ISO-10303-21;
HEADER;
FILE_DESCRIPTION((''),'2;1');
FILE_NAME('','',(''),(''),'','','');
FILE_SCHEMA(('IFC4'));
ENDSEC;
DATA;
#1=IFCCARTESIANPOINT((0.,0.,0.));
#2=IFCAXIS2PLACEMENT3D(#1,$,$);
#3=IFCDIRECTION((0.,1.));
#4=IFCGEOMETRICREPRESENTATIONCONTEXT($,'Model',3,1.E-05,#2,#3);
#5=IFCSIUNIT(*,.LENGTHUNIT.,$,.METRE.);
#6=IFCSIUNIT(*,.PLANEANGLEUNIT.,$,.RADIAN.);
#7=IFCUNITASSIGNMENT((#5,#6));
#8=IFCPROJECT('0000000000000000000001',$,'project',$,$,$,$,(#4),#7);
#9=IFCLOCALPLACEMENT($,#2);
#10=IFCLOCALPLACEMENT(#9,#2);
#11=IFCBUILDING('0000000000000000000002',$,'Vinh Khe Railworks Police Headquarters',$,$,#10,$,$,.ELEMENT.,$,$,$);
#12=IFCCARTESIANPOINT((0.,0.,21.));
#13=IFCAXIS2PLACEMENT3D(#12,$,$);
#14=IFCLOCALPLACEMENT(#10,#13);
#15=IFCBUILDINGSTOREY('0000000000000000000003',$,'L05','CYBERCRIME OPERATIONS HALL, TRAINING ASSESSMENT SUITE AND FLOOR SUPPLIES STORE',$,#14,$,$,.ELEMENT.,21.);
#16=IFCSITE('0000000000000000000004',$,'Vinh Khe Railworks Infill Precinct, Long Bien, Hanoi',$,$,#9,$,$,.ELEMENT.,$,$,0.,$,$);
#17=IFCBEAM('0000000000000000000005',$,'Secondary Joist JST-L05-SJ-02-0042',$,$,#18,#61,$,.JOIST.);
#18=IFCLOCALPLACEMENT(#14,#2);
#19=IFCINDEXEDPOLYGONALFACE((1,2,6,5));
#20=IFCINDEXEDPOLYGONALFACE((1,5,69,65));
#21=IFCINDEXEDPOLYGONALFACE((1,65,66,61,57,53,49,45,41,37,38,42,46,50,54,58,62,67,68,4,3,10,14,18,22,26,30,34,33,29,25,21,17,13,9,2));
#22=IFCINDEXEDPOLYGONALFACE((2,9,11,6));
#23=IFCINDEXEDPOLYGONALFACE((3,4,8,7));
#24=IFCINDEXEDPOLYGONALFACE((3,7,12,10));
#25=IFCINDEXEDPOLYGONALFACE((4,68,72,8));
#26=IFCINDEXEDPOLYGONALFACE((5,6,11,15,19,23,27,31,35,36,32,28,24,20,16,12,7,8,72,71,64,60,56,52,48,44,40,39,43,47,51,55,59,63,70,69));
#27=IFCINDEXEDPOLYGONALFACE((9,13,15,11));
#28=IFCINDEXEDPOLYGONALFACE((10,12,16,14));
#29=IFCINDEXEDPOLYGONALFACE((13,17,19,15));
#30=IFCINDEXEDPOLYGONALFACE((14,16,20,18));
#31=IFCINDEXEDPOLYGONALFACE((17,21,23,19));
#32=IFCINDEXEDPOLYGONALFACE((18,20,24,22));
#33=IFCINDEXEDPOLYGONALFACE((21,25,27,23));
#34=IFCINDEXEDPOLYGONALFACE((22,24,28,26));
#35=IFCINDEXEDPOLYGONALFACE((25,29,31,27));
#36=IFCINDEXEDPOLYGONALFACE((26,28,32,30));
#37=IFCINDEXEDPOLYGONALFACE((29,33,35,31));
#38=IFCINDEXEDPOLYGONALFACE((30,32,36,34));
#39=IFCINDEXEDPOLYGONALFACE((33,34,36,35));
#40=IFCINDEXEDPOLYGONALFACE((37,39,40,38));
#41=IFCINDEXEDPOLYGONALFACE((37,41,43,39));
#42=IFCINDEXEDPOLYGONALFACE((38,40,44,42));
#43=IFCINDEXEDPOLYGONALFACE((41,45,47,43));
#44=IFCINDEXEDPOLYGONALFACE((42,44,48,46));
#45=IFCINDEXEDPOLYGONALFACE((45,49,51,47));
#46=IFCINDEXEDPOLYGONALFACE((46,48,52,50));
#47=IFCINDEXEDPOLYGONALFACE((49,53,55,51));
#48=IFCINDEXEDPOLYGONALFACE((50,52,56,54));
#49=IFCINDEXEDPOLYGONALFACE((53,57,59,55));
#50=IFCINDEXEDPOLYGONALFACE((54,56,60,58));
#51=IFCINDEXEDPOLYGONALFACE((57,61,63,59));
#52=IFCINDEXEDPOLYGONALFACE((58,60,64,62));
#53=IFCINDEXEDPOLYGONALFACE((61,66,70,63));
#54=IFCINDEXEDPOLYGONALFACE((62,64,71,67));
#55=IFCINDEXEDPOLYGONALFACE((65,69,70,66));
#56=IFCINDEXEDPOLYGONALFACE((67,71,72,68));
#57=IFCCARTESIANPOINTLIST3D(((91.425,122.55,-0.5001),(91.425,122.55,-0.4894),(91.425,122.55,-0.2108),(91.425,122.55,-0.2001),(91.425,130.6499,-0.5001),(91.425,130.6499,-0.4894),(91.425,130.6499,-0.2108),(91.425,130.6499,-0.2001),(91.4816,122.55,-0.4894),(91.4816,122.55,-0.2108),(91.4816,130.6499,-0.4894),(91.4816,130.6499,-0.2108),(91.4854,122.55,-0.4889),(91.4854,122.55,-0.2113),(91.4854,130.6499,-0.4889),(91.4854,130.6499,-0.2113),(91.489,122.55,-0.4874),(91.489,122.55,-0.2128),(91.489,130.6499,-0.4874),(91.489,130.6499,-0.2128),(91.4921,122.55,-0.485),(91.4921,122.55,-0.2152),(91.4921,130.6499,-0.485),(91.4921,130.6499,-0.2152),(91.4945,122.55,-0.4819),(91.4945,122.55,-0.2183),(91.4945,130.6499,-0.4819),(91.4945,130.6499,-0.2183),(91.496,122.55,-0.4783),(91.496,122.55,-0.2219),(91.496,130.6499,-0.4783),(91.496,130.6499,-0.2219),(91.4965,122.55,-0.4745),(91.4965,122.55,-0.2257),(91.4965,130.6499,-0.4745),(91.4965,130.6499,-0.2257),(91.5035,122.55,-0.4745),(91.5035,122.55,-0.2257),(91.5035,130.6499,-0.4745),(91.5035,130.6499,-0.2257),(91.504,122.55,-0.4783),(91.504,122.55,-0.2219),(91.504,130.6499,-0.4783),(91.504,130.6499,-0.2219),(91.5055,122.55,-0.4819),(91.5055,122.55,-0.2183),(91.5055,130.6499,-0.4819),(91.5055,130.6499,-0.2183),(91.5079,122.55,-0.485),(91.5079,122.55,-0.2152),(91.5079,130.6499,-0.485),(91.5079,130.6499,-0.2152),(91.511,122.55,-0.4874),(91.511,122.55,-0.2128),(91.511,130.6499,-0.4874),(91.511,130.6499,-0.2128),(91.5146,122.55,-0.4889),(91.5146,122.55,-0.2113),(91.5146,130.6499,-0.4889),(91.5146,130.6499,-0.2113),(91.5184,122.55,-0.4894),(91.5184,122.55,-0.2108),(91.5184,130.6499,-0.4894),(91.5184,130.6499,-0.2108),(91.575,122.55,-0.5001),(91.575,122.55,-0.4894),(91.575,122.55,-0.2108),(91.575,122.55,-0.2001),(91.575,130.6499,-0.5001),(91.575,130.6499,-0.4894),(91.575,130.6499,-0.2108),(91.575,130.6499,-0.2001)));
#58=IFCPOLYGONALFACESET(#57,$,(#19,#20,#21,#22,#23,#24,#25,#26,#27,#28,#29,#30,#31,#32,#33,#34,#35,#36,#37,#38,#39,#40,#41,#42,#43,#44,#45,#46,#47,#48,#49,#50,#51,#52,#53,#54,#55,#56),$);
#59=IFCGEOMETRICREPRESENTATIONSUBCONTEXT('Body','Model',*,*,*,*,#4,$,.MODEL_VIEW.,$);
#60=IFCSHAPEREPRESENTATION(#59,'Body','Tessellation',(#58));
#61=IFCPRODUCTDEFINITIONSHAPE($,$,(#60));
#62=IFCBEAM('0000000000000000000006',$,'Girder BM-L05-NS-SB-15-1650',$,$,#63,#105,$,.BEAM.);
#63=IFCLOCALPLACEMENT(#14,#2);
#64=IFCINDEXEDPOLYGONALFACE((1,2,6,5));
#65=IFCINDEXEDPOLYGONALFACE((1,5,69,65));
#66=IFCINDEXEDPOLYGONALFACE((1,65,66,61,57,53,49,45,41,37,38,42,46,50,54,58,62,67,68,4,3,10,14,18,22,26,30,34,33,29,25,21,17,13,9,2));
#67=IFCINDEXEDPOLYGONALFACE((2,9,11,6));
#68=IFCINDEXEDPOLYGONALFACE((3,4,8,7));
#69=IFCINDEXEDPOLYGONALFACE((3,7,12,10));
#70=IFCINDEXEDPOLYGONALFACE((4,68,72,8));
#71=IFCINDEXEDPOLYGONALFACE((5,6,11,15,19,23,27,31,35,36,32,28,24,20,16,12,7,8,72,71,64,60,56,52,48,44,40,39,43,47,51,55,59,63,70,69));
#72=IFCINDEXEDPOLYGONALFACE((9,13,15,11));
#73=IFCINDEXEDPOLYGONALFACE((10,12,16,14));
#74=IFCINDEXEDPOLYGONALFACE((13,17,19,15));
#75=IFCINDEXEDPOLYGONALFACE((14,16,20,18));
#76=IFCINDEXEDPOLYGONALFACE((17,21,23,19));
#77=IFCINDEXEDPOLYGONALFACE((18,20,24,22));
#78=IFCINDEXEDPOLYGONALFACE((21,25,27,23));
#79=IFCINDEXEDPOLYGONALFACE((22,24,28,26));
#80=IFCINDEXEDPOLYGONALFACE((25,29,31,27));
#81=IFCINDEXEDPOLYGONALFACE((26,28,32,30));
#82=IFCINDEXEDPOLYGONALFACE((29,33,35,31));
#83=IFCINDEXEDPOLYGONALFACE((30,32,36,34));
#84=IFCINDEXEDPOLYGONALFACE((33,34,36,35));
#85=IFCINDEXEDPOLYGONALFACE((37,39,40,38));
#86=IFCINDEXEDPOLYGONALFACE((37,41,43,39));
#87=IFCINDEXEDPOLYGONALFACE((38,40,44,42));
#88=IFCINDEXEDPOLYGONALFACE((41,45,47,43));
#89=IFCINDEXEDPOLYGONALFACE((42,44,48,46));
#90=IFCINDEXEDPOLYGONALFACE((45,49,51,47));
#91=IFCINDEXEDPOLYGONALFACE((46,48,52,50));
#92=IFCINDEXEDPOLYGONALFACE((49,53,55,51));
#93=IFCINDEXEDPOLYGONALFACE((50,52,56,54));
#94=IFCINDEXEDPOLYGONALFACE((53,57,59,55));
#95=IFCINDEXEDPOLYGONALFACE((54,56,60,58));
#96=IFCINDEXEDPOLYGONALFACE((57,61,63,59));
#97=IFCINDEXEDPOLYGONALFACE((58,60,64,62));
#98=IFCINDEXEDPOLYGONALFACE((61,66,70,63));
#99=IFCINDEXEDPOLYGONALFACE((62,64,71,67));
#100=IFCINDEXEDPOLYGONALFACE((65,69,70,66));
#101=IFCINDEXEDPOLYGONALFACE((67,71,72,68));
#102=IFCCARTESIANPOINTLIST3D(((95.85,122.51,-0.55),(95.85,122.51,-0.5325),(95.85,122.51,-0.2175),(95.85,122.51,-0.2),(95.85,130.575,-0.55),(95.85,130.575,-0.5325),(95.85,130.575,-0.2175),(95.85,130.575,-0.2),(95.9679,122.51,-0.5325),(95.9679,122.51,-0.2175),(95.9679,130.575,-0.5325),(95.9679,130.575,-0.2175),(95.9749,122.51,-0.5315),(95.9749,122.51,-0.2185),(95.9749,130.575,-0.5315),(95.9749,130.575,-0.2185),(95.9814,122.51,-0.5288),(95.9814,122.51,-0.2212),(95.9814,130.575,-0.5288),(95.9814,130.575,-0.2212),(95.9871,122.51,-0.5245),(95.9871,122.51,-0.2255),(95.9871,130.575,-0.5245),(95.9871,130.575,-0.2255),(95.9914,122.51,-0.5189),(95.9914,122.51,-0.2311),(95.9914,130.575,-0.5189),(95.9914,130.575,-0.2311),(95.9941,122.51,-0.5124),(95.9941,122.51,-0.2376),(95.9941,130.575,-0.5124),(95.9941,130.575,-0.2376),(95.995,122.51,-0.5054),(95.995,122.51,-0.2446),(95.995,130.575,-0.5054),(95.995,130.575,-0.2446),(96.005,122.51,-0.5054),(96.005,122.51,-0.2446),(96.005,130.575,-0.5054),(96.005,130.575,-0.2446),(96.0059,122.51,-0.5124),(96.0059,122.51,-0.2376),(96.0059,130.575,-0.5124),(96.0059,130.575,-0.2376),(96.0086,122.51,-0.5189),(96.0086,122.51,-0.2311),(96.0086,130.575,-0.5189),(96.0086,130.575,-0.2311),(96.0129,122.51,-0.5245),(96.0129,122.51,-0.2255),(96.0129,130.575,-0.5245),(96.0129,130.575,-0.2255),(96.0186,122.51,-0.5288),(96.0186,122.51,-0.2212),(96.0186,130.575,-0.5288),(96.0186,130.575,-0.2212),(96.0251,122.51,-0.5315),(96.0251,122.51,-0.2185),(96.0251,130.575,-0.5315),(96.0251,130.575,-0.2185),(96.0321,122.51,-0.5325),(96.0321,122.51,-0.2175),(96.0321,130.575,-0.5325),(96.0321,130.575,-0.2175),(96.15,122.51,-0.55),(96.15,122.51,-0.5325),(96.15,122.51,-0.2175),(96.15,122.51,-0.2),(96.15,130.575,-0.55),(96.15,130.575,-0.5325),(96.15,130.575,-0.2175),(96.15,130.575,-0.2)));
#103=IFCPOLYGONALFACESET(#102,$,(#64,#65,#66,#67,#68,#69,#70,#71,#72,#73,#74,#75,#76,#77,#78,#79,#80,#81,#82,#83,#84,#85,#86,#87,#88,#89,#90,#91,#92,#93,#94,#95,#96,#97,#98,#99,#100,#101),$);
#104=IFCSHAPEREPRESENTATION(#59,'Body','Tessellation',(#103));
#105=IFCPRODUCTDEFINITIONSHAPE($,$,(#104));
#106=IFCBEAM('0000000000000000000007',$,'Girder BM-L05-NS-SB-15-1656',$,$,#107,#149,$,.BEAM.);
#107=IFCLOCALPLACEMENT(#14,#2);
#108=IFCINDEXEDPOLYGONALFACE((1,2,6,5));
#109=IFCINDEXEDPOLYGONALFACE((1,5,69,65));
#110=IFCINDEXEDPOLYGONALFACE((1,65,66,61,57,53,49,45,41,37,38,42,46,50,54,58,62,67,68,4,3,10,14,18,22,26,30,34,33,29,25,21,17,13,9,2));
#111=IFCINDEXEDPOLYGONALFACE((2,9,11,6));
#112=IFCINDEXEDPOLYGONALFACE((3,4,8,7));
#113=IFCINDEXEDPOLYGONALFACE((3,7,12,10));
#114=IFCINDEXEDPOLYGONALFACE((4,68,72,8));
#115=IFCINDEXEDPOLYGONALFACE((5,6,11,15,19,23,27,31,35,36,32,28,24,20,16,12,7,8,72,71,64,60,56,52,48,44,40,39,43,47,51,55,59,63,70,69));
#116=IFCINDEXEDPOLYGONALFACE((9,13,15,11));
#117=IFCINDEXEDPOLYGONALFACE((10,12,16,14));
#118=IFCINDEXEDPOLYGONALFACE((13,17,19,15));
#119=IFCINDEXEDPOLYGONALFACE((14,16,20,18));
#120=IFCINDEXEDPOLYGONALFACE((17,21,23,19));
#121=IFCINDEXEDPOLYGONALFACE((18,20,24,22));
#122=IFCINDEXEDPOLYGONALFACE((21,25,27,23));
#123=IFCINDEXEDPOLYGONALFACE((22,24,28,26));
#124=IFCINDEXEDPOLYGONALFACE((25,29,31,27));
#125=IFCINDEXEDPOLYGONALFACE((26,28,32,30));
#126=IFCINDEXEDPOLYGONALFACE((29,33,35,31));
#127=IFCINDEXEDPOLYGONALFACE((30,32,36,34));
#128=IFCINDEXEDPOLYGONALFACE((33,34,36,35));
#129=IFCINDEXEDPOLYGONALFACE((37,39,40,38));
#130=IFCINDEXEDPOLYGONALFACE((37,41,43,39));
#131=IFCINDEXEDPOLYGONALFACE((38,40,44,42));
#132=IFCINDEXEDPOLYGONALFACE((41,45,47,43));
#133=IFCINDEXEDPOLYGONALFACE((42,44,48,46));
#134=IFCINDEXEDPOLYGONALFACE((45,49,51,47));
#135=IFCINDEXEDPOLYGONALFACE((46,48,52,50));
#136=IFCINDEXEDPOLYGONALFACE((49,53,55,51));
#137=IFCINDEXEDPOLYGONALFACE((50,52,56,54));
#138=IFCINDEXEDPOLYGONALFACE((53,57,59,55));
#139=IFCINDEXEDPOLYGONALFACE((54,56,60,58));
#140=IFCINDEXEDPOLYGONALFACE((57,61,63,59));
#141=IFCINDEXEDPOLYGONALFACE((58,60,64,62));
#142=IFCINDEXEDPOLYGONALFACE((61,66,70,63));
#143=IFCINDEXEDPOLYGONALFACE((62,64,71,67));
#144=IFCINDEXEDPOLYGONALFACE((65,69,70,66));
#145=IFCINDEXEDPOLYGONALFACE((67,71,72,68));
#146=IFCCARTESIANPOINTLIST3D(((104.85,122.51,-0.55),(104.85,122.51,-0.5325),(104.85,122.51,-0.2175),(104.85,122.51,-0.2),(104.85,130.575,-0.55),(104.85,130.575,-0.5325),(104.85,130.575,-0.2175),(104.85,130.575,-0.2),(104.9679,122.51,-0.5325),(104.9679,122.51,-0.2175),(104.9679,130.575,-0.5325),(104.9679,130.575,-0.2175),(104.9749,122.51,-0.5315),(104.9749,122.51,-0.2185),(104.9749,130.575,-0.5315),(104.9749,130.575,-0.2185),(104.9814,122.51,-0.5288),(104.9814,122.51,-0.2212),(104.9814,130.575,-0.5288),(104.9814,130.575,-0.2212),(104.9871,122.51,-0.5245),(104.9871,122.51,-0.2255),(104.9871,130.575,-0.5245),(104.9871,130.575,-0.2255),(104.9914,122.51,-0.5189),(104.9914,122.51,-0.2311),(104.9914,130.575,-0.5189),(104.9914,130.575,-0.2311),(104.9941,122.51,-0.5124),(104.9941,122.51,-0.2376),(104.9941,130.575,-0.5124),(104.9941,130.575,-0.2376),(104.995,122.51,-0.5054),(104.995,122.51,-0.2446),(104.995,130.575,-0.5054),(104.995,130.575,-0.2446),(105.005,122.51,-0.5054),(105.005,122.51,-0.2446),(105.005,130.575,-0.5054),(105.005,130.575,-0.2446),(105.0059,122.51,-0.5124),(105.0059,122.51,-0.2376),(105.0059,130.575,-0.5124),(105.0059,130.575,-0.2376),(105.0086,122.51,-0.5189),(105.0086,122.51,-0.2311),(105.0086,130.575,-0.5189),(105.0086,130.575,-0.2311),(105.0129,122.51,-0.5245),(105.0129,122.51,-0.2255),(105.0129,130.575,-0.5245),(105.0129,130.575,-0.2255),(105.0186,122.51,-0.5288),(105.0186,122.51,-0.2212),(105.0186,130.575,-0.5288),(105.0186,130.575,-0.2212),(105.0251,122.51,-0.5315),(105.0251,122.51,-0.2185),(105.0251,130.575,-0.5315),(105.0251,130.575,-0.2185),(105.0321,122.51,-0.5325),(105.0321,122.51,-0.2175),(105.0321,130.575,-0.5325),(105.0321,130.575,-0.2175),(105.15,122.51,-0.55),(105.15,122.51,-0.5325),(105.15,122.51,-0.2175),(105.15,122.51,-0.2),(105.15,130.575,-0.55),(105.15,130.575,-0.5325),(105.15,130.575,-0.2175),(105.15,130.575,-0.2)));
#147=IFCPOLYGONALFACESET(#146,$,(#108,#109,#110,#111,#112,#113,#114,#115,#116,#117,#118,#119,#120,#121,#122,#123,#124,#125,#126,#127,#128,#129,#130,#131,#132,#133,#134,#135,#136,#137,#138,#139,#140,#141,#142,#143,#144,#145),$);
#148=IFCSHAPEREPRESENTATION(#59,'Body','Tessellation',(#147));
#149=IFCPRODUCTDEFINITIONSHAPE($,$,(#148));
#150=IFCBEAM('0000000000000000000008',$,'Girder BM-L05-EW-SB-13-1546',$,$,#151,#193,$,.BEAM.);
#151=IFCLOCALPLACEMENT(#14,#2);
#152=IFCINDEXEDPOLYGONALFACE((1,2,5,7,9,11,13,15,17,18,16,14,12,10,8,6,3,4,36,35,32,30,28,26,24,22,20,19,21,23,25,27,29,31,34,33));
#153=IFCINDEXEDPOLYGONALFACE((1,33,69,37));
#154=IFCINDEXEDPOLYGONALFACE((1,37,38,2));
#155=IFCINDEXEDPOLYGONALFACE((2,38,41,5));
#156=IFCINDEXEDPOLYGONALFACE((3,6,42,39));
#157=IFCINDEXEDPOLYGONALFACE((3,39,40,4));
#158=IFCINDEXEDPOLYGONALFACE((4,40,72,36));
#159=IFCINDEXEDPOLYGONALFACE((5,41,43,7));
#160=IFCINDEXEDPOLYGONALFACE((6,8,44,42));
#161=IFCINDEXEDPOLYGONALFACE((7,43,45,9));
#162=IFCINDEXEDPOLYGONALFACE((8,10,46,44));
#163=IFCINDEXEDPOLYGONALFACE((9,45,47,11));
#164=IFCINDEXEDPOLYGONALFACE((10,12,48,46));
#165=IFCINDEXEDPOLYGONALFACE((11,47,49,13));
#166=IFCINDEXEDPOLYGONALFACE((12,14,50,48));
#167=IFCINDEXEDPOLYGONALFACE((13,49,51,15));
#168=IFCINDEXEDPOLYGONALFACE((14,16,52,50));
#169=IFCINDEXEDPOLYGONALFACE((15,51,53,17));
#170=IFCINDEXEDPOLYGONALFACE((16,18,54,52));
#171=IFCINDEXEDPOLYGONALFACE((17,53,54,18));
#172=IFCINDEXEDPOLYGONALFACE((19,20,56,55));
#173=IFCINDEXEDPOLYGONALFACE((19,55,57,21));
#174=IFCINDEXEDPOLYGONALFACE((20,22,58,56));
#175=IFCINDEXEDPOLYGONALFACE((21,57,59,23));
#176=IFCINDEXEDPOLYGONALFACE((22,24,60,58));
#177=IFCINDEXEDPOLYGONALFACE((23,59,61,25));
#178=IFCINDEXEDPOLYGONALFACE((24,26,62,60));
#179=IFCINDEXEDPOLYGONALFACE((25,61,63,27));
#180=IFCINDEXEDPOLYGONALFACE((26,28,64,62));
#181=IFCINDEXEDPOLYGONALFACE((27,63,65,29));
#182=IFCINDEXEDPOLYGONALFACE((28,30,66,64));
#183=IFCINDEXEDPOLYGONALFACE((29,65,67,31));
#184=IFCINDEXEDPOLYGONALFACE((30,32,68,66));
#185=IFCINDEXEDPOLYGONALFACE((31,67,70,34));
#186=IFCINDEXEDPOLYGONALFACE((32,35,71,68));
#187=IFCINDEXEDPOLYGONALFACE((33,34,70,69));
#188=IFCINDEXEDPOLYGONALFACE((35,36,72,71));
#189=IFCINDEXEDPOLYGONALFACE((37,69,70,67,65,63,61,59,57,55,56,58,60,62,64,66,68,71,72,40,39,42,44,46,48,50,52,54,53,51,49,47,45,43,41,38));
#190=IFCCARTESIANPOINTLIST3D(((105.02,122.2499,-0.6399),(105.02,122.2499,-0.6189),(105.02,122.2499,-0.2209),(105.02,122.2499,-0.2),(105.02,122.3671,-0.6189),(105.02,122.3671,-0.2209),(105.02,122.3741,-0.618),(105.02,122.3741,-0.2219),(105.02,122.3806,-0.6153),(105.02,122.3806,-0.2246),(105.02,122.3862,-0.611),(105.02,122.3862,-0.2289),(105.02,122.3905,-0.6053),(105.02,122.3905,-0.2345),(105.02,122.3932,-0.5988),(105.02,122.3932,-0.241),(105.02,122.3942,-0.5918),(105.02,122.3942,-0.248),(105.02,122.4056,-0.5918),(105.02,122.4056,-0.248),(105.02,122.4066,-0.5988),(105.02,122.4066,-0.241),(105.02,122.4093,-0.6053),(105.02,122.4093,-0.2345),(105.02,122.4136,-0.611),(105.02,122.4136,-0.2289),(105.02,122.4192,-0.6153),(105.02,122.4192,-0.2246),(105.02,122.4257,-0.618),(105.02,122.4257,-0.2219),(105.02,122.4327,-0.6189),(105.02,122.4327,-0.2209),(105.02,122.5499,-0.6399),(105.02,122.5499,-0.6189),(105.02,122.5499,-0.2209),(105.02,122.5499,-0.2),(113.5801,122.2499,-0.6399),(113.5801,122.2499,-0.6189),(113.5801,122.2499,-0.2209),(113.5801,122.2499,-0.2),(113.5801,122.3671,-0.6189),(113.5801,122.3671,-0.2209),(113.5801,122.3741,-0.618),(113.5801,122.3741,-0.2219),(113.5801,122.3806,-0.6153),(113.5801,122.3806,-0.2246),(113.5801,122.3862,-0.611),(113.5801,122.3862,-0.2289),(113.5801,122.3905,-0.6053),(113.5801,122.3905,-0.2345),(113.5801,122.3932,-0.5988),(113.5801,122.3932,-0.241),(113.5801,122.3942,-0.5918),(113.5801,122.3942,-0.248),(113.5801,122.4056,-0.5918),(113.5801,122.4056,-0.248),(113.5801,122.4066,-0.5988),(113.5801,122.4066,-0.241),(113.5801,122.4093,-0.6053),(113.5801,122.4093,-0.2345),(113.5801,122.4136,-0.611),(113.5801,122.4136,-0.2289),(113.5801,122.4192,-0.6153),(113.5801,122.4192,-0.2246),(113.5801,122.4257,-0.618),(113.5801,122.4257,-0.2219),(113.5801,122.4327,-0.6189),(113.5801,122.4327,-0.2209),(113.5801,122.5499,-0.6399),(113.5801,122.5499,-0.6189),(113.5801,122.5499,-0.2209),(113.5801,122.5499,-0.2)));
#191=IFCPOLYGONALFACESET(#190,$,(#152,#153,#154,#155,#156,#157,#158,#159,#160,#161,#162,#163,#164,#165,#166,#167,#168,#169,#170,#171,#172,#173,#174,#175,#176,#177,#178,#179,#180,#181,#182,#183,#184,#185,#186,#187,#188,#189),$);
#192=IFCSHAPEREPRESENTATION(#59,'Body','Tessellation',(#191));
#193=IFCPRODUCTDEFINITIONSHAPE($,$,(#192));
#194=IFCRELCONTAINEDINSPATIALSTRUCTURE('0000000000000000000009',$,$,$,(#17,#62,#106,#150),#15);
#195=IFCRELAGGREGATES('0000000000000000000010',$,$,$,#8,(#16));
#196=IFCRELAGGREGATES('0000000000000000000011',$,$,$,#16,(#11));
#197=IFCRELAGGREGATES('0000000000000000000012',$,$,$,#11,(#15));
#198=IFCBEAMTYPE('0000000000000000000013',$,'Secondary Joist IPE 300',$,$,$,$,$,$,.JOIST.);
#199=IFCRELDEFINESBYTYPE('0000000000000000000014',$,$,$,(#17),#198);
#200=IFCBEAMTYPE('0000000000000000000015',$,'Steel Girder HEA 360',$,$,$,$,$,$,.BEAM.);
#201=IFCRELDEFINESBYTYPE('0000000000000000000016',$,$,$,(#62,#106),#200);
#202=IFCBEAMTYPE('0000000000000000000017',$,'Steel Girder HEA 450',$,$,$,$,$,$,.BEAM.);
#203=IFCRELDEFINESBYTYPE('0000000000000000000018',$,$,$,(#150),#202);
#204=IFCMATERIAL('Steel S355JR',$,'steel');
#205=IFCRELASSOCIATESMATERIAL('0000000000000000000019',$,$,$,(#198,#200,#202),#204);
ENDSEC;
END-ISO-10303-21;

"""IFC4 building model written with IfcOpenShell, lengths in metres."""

from ifc_helpers import new_model, si_unit, direction, frame, origin, origin_2d, place, context, subcontext, project, spatial, i_section, extrude, material, material_profile, profile_set, type_object, element, save


model = new_model("IFC4")

# Units and contexts
model_context = context("Model", 3, precision=1e-05, world=origin(), true_north=direction((0.0, 1.0)))
body_context = subcontext(model_context, "Body", "Model", "MODEL_VIEW")
ifc_project = project(units=[si_unit("LENGTHUNIT", "METRE"), si_unit("PLANEANGLEUNIT", "RADIAN")], contexts=[model_context])

# Site, building, storey
site_placement = place(None, origin())
site = spatial("IfcSite", under=ifc_project, at=site_placement, Name="Vinh Khe Railworks Infill Precinct, Long Bien, Hanoi", CompositionType="ELEMENT", RefElevation=0.0)
building_placement = place(site_placement, origin())
building = spatial("IfcBuilding", under=site, at=building_placement, Name="Vinh Khe Railworks Police Headquarters", CompositionType="ELEMENT")
storey_placement = place(building_placement, frame((0.0, 0.0, 21.0)))
storey = spatial("IfcBuildingStorey", under=building, at=storey_placement, Name="L05", Description="CYBERCRIME OPERATIONS HALL, TRAINING ASSESSMENT SUITE AND FLOOR SUPPLIES STORE", CompositionType="ELEMENT", Elevation=21.0)

# Shared definitions
ifc_material_1 = material(Name="Steel S355JR", Category="steel")

# Beams
ifc_material_profile_1 = material_profile(ifc_material_1, i_section(OverallWidth=0.1499, OverallDepth=0.3, WebThickness=0.0071, FlangeThickness=0.0107, FilletRadius=0.0149, at=origin_2d()), Name="IPE 300")
ifc_profile_set_1 = profile_set([ifc_material_profile_1], Name="Steel S355JR")
beam_type_1 = type_object("IfcBeamType", Name="Secondary Joist IPE 300", PredefinedType="JOIST", material=ifc_profile_set_1)
beam_1_placement = place(storey_placement, frame((91.5, 122.55, -0.3501), z_axis=(0.0, 1.0, 0.0), x_axis=(-1.0, 0.0, 0.0)))
element("IfcBeam", 1, at=beam_1_placement, inside=storey, type_object=beam_type_1, Name="Secondary Joist JST-L05-SJ-02-0042", PredefinedType="JOIST", context=body_context, shape_type="SweptSolid", body=[
    extrude(i_section(OverallWidth=0.1499, OverallDepth=0.3, WebThickness=0.0071, FlangeThickness=0.0107, FilletRadius=0.0149, at=origin_2d()), origin(), (0.0, 0.0, 1.0), 8.0999),
])
ifc_material_profile_2 = material_profile(ifc_material_1, i_section(OverallWidth=0.3, OverallDepth=0.3501, WebThickness=0.01, FlangeThickness=0.0176, FilletRadius=0.0271, at=origin_2d()), Name="HEA 360")
ifc_profile_set_2 = profile_set([ifc_material_profile_2], Name="Steel S355JR")
beam_type_2 = type_object("IfcBeamType", Name="Steel Girder HEA 360", PredefinedType="BEAM", material=ifc_profile_set_2)
for number, where, z_axis, x_axis, name in (
    (2, (96.0, 122.51, -0.375), (0.0, 1.0, 0.0), (-1.0, 0.0, 0.0), "Girder BM-L05-NS-SB-15-1650"),
    (3, (105.0, 122.51, -0.375), (0.0, 1.0, 0.0), (-1.0, 0.0, 0.0), "Girder BM-L05-NS-SB-15-1656"),
):
    element("IfcBeam", number, at=place(storey_placement, frame(where, z_axis=z_axis, x_axis=x_axis)), inside=storey, type_object=beam_type_2, Name=name, PredefinedType="BEAM", context=body_context, shape_type="SweptSolid", body=[
        extrude(i_section(OverallWidth=0.3, OverallDepth=0.3501, WebThickness=0.01, FlangeThickness=0.0176, FilletRadius=0.0271, at=origin_2d()), origin(), (0.0, 0.0, 1.0), 8.0649),
    ])
ifc_material_profile_3 = material_profile(ifc_material_1, i_section(OverallWidth=0.3, OverallDepth=0.4399, WebThickness=0.0115, FlangeThickness=0.021, FilletRadius=0.0271, at=origin_2d()), Name="HEA 450")
ifc_profile_set_3 = profile_set([ifc_material_profile_3], Name="Steel S355JR")
beam_type_3 = type_object("IfcBeamType", Name="Steel Girder HEA 450", PredefinedType="BEAM", material=ifc_profile_set_3)
beam_2_placement = place(storey_placement, frame((105.02, 122.3999, -0.4199), z_axis=(1.0, 0.0, 0.0), x_axis=(0.0, 1.0, 0.0)))
element("IfcBeam", 4, at=beam_2_placement, inside=storey, type_object=beam_type_3, Name="Girder BM-L05-EW-SB-13-1546", PredefinedType="BEAM", context=body_context, shape_type="SweptSolid", body=[
    extrude(i_section(OverallWidth=0.3, OverallDepth=0.4399, WebThickness=0.0115, FlangeThickness=0.021, FilletRadius=0.0271, at=origin_2d()), origin(), (0.0, 0.0, 1.0), 8.5601),
])

save(model, "model.ifc")
